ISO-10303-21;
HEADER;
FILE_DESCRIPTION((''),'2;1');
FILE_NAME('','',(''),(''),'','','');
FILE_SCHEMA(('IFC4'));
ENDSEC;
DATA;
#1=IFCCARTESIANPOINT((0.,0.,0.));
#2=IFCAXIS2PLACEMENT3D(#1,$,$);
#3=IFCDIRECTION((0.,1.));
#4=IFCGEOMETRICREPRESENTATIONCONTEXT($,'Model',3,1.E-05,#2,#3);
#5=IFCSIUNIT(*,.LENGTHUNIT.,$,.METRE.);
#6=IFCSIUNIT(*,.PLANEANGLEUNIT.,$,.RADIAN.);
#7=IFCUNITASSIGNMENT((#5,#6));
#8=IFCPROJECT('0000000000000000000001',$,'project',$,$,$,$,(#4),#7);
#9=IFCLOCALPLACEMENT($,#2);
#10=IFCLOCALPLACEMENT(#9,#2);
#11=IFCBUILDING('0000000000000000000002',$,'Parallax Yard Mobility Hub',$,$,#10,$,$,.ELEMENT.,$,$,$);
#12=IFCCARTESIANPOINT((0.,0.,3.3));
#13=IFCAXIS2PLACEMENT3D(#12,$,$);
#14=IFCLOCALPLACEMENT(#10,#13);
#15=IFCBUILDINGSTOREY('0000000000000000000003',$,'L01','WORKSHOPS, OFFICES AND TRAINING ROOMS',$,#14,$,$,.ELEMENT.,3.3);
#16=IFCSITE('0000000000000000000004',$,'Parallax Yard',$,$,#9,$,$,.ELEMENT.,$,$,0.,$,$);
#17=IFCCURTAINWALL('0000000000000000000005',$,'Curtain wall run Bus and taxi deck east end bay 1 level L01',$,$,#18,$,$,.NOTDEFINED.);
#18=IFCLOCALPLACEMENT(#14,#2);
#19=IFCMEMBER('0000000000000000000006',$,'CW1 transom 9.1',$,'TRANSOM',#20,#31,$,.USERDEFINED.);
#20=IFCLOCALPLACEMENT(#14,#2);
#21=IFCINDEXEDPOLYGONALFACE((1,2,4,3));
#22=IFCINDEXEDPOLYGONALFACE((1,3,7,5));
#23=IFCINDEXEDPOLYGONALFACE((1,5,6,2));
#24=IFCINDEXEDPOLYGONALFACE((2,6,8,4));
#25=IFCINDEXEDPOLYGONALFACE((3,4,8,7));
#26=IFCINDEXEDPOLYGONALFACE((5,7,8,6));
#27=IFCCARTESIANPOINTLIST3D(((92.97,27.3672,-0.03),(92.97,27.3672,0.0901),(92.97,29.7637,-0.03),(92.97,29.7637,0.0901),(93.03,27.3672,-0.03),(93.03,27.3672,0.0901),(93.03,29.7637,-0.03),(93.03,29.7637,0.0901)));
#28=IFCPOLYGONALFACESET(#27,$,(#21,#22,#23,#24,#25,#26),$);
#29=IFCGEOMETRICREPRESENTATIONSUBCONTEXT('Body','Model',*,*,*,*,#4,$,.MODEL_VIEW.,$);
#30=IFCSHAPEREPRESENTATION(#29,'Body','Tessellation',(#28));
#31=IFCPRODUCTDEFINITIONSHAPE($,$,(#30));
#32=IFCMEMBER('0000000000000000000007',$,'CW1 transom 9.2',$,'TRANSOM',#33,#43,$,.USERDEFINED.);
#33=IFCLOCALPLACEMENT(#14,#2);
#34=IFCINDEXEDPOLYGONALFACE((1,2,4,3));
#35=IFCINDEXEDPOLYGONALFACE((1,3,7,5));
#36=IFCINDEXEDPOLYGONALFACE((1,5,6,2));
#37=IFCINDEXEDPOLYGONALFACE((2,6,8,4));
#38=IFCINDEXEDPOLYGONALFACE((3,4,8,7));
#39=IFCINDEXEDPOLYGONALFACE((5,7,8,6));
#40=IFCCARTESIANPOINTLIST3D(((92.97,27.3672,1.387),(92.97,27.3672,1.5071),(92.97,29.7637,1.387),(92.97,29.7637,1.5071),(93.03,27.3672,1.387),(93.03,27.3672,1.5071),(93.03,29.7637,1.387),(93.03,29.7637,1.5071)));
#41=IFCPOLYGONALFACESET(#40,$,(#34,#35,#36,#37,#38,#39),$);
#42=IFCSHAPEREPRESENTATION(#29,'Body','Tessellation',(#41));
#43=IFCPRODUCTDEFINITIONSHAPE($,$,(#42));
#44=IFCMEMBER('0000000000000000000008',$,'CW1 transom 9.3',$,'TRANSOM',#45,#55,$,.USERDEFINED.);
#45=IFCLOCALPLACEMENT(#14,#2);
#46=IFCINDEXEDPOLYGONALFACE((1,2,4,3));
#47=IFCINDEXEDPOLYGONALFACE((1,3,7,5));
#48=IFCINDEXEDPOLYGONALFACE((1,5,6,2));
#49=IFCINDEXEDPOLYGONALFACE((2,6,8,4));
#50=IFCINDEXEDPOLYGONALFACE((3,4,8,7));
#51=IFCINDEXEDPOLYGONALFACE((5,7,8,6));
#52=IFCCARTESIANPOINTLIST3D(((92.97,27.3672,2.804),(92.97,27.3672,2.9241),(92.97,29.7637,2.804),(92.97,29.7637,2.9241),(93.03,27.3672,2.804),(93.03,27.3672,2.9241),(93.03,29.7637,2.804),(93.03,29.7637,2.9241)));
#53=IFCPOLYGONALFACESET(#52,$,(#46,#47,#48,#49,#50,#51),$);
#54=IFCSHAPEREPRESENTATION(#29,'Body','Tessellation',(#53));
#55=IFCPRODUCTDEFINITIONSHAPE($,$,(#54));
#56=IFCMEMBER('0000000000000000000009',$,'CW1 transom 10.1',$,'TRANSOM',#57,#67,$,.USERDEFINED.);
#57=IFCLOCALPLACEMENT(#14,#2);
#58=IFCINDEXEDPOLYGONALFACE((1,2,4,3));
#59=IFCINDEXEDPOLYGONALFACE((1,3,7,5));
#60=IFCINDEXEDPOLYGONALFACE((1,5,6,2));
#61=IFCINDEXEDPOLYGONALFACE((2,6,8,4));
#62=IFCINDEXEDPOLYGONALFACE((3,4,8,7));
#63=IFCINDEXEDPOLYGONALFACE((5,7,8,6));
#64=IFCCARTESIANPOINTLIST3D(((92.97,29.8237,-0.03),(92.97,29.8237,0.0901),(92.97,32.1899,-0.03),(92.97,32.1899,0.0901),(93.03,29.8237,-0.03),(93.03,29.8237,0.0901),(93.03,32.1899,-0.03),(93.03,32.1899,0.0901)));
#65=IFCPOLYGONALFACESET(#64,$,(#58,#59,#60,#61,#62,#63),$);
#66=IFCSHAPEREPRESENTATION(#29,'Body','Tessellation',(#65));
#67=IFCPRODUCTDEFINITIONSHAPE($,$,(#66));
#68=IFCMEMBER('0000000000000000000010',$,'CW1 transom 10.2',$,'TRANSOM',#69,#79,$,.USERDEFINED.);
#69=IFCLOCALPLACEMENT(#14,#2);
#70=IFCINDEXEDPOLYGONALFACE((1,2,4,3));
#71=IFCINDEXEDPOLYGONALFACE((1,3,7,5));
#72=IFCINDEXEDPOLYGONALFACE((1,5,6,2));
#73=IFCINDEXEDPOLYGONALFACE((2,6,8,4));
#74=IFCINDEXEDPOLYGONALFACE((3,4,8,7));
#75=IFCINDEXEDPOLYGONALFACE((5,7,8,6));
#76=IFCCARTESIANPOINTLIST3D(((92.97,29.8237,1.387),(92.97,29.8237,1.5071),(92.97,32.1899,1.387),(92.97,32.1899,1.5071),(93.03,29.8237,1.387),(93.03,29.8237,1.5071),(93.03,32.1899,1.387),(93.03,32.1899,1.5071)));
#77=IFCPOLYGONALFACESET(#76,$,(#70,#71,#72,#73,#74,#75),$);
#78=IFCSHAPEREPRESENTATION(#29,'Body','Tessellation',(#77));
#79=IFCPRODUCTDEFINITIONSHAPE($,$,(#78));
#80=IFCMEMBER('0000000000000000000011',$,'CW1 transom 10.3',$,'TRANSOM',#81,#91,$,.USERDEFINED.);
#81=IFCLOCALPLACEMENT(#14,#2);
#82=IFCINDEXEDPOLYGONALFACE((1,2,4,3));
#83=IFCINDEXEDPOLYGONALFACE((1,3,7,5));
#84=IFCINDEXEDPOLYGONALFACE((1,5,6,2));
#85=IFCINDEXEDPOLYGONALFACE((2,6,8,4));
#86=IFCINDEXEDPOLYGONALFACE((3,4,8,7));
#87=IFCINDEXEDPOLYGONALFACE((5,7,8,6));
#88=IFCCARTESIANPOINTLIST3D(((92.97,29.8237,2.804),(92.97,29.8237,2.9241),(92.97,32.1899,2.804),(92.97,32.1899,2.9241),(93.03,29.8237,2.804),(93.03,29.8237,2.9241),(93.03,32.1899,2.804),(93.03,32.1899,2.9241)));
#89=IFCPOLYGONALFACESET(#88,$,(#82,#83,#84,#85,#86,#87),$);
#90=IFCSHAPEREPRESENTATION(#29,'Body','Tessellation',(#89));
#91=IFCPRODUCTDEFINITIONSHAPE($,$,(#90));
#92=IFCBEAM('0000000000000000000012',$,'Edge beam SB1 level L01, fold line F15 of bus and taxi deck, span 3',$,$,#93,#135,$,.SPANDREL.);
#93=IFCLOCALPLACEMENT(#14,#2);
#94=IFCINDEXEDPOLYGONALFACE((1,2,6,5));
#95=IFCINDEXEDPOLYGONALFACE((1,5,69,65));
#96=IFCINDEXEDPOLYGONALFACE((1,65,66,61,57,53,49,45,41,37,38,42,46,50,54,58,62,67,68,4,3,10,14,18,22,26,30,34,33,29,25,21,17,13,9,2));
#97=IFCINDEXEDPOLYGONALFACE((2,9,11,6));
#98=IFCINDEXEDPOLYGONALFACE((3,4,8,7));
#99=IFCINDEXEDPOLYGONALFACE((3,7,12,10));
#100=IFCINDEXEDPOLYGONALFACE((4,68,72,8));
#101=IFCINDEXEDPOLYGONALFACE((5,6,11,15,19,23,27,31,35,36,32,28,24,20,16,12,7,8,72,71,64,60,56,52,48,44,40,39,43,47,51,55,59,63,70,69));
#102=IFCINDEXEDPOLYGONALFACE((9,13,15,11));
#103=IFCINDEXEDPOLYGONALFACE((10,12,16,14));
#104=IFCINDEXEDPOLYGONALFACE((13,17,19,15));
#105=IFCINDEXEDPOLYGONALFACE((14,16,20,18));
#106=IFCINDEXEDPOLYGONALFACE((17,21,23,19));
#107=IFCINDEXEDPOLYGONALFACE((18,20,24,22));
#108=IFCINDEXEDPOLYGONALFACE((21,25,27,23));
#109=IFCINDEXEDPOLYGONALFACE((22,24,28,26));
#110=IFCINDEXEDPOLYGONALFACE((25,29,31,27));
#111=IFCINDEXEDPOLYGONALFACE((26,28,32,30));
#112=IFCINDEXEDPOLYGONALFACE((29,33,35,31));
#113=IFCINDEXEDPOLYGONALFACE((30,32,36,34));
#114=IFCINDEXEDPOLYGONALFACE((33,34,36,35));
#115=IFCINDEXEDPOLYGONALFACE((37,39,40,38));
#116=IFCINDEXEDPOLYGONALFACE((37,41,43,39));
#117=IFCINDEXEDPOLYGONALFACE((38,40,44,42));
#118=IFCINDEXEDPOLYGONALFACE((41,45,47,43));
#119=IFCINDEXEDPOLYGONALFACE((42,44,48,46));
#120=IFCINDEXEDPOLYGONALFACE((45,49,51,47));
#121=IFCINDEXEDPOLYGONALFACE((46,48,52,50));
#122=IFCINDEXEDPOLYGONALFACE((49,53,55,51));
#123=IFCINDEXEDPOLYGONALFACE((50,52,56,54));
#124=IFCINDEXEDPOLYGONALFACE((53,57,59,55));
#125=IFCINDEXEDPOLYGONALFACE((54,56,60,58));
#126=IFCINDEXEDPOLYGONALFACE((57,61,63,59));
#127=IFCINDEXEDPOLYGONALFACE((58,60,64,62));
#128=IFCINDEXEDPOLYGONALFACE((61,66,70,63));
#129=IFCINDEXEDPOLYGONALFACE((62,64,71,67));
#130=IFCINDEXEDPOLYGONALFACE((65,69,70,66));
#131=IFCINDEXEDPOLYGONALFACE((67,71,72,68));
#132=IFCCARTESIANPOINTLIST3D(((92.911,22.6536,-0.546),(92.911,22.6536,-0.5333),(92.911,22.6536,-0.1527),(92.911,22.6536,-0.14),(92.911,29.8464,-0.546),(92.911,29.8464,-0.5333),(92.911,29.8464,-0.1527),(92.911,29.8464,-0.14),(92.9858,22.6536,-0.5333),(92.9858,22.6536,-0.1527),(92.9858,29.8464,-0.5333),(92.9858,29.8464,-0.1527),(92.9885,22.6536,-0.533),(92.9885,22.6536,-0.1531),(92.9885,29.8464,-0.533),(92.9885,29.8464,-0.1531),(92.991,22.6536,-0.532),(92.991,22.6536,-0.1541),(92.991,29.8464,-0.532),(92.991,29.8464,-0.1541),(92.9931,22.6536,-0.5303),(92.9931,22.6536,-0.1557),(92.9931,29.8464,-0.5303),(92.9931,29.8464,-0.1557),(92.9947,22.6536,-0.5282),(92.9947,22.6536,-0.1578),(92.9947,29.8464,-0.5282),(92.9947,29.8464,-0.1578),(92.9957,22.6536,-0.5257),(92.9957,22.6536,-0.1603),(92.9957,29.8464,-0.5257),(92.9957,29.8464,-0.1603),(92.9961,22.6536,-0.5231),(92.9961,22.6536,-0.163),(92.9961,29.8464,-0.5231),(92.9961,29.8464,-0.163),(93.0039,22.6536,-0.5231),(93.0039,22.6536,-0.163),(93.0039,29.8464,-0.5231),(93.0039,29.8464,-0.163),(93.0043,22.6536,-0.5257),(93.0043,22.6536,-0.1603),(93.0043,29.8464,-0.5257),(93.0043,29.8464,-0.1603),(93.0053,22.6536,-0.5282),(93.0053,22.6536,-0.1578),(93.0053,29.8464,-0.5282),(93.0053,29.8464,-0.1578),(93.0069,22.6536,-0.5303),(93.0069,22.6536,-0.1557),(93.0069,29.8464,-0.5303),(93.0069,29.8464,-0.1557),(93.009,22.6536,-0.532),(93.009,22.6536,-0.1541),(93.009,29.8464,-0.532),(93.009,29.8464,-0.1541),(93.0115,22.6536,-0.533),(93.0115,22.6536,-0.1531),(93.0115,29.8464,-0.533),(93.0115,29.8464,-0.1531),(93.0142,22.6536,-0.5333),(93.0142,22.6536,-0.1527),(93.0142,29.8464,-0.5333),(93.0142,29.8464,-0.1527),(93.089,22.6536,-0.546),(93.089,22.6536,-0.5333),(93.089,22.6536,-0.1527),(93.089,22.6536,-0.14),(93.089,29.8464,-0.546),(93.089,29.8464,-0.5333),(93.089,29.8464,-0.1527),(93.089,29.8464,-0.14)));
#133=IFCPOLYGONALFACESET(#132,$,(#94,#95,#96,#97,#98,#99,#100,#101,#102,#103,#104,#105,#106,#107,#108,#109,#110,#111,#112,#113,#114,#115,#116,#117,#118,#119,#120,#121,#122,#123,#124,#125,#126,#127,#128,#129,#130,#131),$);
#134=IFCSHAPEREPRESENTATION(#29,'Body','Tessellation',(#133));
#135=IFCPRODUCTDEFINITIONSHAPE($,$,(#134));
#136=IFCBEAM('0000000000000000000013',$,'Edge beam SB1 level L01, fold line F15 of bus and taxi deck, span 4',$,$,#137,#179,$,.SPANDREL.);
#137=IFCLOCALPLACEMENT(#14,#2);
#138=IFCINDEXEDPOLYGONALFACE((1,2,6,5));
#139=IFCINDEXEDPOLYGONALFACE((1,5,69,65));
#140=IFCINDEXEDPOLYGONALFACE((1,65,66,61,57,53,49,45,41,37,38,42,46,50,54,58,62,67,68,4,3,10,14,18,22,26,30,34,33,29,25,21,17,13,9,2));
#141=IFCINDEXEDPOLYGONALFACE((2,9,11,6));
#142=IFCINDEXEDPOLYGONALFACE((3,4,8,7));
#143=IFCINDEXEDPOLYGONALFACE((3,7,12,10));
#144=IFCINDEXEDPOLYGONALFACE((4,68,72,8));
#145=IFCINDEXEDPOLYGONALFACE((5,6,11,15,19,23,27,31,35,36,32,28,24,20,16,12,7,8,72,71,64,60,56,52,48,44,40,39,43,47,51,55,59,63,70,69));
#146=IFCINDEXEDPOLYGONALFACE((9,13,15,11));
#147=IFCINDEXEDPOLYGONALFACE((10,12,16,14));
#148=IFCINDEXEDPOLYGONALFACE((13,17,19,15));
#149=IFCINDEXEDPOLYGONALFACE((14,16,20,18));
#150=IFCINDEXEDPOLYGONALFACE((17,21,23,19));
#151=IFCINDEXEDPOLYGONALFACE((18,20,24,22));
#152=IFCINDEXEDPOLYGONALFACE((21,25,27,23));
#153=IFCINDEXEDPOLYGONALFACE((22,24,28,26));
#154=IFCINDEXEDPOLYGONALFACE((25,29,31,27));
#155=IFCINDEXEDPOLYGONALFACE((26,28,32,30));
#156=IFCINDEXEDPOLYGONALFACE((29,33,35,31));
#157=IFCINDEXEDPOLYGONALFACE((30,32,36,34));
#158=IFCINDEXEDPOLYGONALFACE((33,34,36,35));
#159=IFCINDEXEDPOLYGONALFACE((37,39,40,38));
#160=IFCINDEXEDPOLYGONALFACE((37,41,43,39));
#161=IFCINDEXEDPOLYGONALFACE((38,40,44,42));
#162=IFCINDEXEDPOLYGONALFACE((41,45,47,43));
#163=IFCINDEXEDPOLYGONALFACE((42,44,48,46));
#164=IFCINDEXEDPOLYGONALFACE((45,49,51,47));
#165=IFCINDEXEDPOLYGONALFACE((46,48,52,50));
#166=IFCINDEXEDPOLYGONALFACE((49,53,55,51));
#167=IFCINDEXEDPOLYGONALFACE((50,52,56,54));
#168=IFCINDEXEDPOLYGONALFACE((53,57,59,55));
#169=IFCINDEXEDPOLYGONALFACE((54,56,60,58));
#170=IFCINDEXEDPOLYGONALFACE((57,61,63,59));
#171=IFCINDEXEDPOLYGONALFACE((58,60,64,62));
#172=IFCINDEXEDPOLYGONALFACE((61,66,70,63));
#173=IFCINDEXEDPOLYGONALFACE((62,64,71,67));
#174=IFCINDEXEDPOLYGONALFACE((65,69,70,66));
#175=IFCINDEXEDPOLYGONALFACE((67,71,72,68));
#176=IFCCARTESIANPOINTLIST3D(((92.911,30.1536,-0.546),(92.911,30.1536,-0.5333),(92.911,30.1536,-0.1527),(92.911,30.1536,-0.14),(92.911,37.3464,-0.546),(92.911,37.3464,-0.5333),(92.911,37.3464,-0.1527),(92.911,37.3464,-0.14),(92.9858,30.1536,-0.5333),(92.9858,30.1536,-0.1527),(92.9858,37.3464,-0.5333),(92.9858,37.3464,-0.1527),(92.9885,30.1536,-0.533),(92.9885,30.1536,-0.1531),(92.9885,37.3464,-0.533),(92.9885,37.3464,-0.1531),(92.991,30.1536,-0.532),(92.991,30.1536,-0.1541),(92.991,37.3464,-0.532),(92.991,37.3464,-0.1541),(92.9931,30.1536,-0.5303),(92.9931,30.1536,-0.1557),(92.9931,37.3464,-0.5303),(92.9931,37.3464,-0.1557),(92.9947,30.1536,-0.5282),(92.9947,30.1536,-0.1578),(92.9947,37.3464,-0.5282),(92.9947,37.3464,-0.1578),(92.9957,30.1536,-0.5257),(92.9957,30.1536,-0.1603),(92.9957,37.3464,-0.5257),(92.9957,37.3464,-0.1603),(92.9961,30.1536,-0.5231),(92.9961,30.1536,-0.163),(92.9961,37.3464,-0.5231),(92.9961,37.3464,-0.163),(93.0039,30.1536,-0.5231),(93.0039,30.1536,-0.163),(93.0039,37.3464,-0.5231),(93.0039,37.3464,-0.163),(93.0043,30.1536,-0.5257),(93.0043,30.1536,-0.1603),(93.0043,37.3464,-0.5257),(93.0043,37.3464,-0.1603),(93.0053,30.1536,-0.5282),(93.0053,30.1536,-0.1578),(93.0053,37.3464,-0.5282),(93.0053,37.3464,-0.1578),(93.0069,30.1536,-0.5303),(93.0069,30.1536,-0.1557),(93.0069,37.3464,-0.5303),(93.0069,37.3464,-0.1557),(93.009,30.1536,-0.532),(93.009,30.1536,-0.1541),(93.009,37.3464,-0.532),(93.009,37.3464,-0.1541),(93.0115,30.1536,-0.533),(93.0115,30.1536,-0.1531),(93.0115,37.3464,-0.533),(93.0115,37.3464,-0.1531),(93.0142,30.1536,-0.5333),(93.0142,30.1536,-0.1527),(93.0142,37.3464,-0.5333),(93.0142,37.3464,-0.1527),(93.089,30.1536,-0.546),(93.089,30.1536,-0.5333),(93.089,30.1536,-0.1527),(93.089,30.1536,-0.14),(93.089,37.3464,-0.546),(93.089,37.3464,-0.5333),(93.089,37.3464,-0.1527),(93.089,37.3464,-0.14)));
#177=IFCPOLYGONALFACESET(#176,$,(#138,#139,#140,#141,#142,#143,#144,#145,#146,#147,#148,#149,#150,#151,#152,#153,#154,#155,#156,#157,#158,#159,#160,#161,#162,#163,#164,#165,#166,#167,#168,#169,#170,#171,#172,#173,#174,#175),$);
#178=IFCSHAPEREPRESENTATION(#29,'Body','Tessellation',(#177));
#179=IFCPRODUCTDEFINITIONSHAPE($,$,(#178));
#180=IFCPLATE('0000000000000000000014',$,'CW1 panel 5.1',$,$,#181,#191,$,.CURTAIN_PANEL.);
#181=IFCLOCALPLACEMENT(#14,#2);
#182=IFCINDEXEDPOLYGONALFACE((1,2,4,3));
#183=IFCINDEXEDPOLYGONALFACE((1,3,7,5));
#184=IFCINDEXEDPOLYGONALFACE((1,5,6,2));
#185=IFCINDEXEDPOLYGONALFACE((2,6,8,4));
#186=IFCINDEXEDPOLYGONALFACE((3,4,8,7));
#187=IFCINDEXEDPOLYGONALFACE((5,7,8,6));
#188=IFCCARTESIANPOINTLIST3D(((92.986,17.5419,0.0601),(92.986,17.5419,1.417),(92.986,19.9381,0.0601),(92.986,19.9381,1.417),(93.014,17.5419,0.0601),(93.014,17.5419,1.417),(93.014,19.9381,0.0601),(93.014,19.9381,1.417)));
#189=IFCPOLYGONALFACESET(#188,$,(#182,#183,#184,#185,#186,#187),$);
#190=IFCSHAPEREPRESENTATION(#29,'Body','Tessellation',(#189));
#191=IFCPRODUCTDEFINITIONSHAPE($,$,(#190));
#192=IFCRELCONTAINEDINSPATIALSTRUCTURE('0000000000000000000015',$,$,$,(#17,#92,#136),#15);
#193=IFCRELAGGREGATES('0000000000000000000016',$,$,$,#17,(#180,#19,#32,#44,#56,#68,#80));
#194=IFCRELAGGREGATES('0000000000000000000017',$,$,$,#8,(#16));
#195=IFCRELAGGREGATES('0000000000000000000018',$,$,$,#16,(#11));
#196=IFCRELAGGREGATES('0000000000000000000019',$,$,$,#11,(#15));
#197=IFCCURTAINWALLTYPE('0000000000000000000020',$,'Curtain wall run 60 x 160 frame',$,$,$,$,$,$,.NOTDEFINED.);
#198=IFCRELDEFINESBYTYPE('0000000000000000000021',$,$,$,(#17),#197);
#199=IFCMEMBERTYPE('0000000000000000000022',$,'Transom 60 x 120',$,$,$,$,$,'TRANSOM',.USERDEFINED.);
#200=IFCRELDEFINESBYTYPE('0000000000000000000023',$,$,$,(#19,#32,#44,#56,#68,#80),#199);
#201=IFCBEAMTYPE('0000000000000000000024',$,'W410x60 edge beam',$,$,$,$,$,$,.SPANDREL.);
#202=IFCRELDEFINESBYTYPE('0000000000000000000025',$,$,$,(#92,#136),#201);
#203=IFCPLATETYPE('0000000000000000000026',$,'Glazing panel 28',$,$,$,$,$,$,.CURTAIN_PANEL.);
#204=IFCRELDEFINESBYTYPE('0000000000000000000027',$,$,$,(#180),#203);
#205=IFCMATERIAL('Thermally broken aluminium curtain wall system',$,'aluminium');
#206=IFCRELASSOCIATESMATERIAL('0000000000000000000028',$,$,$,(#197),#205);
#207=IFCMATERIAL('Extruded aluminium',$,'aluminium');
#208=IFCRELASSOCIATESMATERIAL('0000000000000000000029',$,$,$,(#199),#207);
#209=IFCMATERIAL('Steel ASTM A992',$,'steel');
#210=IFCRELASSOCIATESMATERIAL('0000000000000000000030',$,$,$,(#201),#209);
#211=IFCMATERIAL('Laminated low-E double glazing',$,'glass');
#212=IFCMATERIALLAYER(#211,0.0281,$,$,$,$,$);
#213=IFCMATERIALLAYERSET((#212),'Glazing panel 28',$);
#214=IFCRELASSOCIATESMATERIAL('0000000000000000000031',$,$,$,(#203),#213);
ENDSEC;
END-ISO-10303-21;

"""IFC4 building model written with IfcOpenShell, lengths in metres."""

from ifc_helpers import new_model, si_unit, direction, frame, origin, origin_2d, place, context, subcontext, project, spatial, rectangle, i_section, extrude, material, layer, layer_set, material_profile, profile_set, type_object, element, aggregate, save


model = new_model("IFC4")

# Units and contexts
model_context = context("Model", 3, precision=1e-05, world=origin(), true_north=direction((0.0, 1.0)))
body_context = subcontext(model_context, "Body", "Model", "MODEL_VIEW")
ifc_project = project(units=[si_unit("LENGTHUNIT", "METRE"), si_unit("PLANEANGLEUNIT", "RADIAN")], contexts=[model_context])

# Site, building, storey
site_placement = place(None, origin())
site = spatial("IfcSite", under=ifc_project, at=site_placement, Name="Parallax Yard", CompositionType="ELEMENT", RefElevation=0.0)
building_placement = place(site_placement, origin())
building = spatial("IfcBuilding", under=site, at=building_placement, Name="Parallax Yard Mobility Hub", CompositionType="ELEMENT")
storey_placement = place(building_placement, frame((0.0, 0.0, 3.3)))
storey = spatial("IfcBuildingStorey", under=building, at=storey_placement, Name="L01", Description="WORKSHOPS, OFFICES AND TRAINING ROOMS", CompositionType="ELEMENT", Elevation=3.3)

# Curtain wall, members
ifc_material_1 = material(Name="Thermally broken aluminium curtain wall system", Category="aluminium")
curtain_wall_type = type_object("IfcCurtainWallType", Name="Curtain wall run 60 x 160 frame", PredefinedType="NOTDEFINED", material=ifc_material_1)
curtain_wall_placement = place(storey_placement, origin())
curtain_wall = element("IfcCurtainWall", 1, at=curtain_wall_placement, inside=storey, type_object=curtain_wall_type, Name="Curtain wall run Bus and taxi deck east end bay 1 level L01", PredefinedType="NOTDEFINED")
ifc_material_2 = material(Name="Extruded aluminium", Category="aluminium")
ifc_material_profile_1 = material_profile(ifc_material_2, rectangle(XDim=0.0601, YDim=0.1201, at=origin_2d()), Name="Transom 60 x 120")
ifc_profile_set_1 = profile_set([ifc_material_profile_1], Name="Extruded aluminium")
member_type_1 = type_object("IfcMemberType", Name="Transom 60 x 120", ElementType="TRANSOM", PredefinedType="USERDEFINED", material=ifc_profile_set_1)
member_1_placement = place(storey_placement, frame((93.0, 27.3672, 0.03), z_axis=(0.0, 1.0, 0.0), x_axis=(-1.0, 0.0, 0.0)))
member_1 = element("IfcMember", 2, at=member_1_placement, type_object=member_type_1, Name="CW1 transom 9.1", ObjectType="TRANSOM", PredefinedType="USERDEFINED", context=body_context, shape_type="SweptSolid", body=[
    extrude(rectangle(XDim=0.0601, YDim=0.1201, at=origin_2d()), origin(), (0.0, 0.0, 1.0), 2.3965),
])
member_2_placement = place(storey_placement, frame((93.0, 27.3672, 1.447), z_axis=(0.0, 1.0, 0.0), x_axis=(-1.0, 0.0, 0.0)))
member_2 = element("IfcMember", 3, at=member_2_placement, type_object=member_type_1, Name="CW1 transom 9.2", ObjectType="TRANSOM", PredefinedType="USERDEFINED", context=body_context, shape_type="SweptSolid", body=[
    extrude(rectangle(XDim=0.0601, YDim=0.1201, at=origin_2d()), origin(), (0.0, 0.0, 1.0), 2.3965),
])
member_3_placement = place(storey_placement, frame((93.0, 27.3672, 2.864), z_axis=(0.0, 1.0, 0.0), x_axis=(-1.0, 0.0, 0.0)))
member_3 = element("IfcMember", 4, at=member_3_placement, type_object=member_type_1, Name="CW1 transom 9.3", ObjectType="TRANSOM", PredefinedType="USERDEFINED", context=body_context, shape_type="SweptSolid", body=[
    extrude(rectangle(XDim=0.0601, YDim=0.1201, at=origin_2d()), origin(), (0.0, 0.0, 1.0), 2.3965),
])
member_4_placement = place(storey_placement, frame((93.0, 29.8237, 0.03), z_axis=(0.0, 1.0, 0.0), x_axis=(-1.0, 0.0, 0.0)))
member_4 = element("IfcMember", 5, at=member_4_placement, type_object=member_type_1, Name="CW1 transom 10.1", ObjectType="TRANSOM", PredefinedType="USERDEFINED", context=body_context, shape_type="SweptSolid", body=[
    extrude(rectangle(XDim=0.0601, YDim=0.1201, at=origin_2d()), origin(), (0.0, 0.0, 1.0), 2.3662),
])
member_5_placement = place(storey_placement, frame((93.0, 29.8237, 1.447), z_axis=(0.0, 1.0, 0.0), x_axis=(-1.0, 0.0, 0.0)))
member_5 = element("IfcMember", 6, at=member_5_placement, type_object=member_type_1, Name="CW1 transom 10.2", ObjectType="TRANSOM", PredefinedType="USERDEFINED", context=body_context, shape_type="SweptSolid", body=[
    extrude(rectangle(XDim=0.0601, YDim=0.1201, at=origin_2d()), origin(), (0.0, 0.0, 1.0), 2.3662),
])
member_6_placement = place(storey_placement, frame((93.0, 29.8237, 2.864), z_axis=(0.0, 1.0, 0.0), x_axis=(-1.0, 0.0, 0.0)))
member_6 = element("IfcMember", 7, at=member_6_placement, type_object=member_type_1, Name="CW1 transom 10.3", ObjectType="TRANSOM", PredefinedType="USERDEFINED", context=body_context, shape_type="SweptSolid", body=[
    extrude(rectangle(XDim=0.0601, YDim=0.1201, at=origin_2d()), origin(), (0.0, 0.0, 1.0), 2.3662),
])

# Beams
ifc_material_3 = material(Name="Steel ASTM A992", Category="steel")
ifc_material_profile_2 = material_profile(ifc_material_3, i_section(OverallWidth=0.178, OverallDepth=0.406, WebThickness=0.0078, FlangeThickness=0.0127, FilletRadius=0.0103, at=origin_2d()), Name="W410x60")
ifc_profile_set_2 = profile_set([ifc_material_profile_2], Name="Steel ASTM A992")
beam_type = type_object("IfcBeamType", Name="W410x60 edge beam", PredefinedType="SPANDREL", material=ifc_profile_set_2)
for number, where, z_axis, x_axis, name in (
    (8, (93.0, 22.6536, -0.343), (0.0, 1.0, 0.0), (-1.0, 0.0, 0.0), "Edge beam SB1 level L01, fold line F15 of bus and taxi deck, span 3"),
    (9, (93.0, 30.1536, -0.343), (0.0, 1.0, 0.0), (-1.0, 0.0, 0.0), "Edge beam SB1 level L01, fold line F15 of bus and taxi deck, span 4"),
):
    element("IfcBeam", number, at=place(storey_placement, frame(where, z_axis=z_axis, x_axis=x_axis)), inside=storey, type_object=beam_type, Name=name, PredefinedType="SPANDREL", context=body_context, shape_type="SweptSolid", body=[
        extrude(i_section(OverallWidth=0.178, OverallDepth=0.406, WebThickness=0.0078, FlangeThickness=0.0127, FilletRadius=0.0103, at=origin_2d()), origin(), (0.0, 0.0, 1.0), 7.1929),
    ])

# Plate
ifc_material_4 = material(Name="Laminated low-E double glazing", Category="glass")
ifc_layer = layer(ifc_material_4, 0.0281)
ifc_layer_set = layer_set([ifc_layer], Name="Glazing panel 28")
plate_type = type_object("IfcPlateType", Name="Glazing panel 28", PredefinedType="CURTAIN_PANEL", material=ifc_layer_set)
plate_1_placement = place(storey_placement, frame((93.0, 18.74, 0.0601), z_axis=(0.0, 0.0, 1.0), x_axis=(0.0, 1.0, 0.0)))
plate_1 = element("IfcPlate", 10, at=plate_1_placement, type_object=plate_type, Name="CW1 panel 5.1", PredefinedType="CURTAIN_PANEL", context=body_context, shape_type="SweptSolid", body=[
    extrude(rectangle(XDim=2.3962, YDim=0.0281, at=origin_2d()), origin(), (0.0, 0.0, 1.0), 1.3569),
])
aggregate(curtain_wall, [plate_1, member_1, member_2, member_3, member_4, member_5, member_6])

save(model, "model.ifc")
